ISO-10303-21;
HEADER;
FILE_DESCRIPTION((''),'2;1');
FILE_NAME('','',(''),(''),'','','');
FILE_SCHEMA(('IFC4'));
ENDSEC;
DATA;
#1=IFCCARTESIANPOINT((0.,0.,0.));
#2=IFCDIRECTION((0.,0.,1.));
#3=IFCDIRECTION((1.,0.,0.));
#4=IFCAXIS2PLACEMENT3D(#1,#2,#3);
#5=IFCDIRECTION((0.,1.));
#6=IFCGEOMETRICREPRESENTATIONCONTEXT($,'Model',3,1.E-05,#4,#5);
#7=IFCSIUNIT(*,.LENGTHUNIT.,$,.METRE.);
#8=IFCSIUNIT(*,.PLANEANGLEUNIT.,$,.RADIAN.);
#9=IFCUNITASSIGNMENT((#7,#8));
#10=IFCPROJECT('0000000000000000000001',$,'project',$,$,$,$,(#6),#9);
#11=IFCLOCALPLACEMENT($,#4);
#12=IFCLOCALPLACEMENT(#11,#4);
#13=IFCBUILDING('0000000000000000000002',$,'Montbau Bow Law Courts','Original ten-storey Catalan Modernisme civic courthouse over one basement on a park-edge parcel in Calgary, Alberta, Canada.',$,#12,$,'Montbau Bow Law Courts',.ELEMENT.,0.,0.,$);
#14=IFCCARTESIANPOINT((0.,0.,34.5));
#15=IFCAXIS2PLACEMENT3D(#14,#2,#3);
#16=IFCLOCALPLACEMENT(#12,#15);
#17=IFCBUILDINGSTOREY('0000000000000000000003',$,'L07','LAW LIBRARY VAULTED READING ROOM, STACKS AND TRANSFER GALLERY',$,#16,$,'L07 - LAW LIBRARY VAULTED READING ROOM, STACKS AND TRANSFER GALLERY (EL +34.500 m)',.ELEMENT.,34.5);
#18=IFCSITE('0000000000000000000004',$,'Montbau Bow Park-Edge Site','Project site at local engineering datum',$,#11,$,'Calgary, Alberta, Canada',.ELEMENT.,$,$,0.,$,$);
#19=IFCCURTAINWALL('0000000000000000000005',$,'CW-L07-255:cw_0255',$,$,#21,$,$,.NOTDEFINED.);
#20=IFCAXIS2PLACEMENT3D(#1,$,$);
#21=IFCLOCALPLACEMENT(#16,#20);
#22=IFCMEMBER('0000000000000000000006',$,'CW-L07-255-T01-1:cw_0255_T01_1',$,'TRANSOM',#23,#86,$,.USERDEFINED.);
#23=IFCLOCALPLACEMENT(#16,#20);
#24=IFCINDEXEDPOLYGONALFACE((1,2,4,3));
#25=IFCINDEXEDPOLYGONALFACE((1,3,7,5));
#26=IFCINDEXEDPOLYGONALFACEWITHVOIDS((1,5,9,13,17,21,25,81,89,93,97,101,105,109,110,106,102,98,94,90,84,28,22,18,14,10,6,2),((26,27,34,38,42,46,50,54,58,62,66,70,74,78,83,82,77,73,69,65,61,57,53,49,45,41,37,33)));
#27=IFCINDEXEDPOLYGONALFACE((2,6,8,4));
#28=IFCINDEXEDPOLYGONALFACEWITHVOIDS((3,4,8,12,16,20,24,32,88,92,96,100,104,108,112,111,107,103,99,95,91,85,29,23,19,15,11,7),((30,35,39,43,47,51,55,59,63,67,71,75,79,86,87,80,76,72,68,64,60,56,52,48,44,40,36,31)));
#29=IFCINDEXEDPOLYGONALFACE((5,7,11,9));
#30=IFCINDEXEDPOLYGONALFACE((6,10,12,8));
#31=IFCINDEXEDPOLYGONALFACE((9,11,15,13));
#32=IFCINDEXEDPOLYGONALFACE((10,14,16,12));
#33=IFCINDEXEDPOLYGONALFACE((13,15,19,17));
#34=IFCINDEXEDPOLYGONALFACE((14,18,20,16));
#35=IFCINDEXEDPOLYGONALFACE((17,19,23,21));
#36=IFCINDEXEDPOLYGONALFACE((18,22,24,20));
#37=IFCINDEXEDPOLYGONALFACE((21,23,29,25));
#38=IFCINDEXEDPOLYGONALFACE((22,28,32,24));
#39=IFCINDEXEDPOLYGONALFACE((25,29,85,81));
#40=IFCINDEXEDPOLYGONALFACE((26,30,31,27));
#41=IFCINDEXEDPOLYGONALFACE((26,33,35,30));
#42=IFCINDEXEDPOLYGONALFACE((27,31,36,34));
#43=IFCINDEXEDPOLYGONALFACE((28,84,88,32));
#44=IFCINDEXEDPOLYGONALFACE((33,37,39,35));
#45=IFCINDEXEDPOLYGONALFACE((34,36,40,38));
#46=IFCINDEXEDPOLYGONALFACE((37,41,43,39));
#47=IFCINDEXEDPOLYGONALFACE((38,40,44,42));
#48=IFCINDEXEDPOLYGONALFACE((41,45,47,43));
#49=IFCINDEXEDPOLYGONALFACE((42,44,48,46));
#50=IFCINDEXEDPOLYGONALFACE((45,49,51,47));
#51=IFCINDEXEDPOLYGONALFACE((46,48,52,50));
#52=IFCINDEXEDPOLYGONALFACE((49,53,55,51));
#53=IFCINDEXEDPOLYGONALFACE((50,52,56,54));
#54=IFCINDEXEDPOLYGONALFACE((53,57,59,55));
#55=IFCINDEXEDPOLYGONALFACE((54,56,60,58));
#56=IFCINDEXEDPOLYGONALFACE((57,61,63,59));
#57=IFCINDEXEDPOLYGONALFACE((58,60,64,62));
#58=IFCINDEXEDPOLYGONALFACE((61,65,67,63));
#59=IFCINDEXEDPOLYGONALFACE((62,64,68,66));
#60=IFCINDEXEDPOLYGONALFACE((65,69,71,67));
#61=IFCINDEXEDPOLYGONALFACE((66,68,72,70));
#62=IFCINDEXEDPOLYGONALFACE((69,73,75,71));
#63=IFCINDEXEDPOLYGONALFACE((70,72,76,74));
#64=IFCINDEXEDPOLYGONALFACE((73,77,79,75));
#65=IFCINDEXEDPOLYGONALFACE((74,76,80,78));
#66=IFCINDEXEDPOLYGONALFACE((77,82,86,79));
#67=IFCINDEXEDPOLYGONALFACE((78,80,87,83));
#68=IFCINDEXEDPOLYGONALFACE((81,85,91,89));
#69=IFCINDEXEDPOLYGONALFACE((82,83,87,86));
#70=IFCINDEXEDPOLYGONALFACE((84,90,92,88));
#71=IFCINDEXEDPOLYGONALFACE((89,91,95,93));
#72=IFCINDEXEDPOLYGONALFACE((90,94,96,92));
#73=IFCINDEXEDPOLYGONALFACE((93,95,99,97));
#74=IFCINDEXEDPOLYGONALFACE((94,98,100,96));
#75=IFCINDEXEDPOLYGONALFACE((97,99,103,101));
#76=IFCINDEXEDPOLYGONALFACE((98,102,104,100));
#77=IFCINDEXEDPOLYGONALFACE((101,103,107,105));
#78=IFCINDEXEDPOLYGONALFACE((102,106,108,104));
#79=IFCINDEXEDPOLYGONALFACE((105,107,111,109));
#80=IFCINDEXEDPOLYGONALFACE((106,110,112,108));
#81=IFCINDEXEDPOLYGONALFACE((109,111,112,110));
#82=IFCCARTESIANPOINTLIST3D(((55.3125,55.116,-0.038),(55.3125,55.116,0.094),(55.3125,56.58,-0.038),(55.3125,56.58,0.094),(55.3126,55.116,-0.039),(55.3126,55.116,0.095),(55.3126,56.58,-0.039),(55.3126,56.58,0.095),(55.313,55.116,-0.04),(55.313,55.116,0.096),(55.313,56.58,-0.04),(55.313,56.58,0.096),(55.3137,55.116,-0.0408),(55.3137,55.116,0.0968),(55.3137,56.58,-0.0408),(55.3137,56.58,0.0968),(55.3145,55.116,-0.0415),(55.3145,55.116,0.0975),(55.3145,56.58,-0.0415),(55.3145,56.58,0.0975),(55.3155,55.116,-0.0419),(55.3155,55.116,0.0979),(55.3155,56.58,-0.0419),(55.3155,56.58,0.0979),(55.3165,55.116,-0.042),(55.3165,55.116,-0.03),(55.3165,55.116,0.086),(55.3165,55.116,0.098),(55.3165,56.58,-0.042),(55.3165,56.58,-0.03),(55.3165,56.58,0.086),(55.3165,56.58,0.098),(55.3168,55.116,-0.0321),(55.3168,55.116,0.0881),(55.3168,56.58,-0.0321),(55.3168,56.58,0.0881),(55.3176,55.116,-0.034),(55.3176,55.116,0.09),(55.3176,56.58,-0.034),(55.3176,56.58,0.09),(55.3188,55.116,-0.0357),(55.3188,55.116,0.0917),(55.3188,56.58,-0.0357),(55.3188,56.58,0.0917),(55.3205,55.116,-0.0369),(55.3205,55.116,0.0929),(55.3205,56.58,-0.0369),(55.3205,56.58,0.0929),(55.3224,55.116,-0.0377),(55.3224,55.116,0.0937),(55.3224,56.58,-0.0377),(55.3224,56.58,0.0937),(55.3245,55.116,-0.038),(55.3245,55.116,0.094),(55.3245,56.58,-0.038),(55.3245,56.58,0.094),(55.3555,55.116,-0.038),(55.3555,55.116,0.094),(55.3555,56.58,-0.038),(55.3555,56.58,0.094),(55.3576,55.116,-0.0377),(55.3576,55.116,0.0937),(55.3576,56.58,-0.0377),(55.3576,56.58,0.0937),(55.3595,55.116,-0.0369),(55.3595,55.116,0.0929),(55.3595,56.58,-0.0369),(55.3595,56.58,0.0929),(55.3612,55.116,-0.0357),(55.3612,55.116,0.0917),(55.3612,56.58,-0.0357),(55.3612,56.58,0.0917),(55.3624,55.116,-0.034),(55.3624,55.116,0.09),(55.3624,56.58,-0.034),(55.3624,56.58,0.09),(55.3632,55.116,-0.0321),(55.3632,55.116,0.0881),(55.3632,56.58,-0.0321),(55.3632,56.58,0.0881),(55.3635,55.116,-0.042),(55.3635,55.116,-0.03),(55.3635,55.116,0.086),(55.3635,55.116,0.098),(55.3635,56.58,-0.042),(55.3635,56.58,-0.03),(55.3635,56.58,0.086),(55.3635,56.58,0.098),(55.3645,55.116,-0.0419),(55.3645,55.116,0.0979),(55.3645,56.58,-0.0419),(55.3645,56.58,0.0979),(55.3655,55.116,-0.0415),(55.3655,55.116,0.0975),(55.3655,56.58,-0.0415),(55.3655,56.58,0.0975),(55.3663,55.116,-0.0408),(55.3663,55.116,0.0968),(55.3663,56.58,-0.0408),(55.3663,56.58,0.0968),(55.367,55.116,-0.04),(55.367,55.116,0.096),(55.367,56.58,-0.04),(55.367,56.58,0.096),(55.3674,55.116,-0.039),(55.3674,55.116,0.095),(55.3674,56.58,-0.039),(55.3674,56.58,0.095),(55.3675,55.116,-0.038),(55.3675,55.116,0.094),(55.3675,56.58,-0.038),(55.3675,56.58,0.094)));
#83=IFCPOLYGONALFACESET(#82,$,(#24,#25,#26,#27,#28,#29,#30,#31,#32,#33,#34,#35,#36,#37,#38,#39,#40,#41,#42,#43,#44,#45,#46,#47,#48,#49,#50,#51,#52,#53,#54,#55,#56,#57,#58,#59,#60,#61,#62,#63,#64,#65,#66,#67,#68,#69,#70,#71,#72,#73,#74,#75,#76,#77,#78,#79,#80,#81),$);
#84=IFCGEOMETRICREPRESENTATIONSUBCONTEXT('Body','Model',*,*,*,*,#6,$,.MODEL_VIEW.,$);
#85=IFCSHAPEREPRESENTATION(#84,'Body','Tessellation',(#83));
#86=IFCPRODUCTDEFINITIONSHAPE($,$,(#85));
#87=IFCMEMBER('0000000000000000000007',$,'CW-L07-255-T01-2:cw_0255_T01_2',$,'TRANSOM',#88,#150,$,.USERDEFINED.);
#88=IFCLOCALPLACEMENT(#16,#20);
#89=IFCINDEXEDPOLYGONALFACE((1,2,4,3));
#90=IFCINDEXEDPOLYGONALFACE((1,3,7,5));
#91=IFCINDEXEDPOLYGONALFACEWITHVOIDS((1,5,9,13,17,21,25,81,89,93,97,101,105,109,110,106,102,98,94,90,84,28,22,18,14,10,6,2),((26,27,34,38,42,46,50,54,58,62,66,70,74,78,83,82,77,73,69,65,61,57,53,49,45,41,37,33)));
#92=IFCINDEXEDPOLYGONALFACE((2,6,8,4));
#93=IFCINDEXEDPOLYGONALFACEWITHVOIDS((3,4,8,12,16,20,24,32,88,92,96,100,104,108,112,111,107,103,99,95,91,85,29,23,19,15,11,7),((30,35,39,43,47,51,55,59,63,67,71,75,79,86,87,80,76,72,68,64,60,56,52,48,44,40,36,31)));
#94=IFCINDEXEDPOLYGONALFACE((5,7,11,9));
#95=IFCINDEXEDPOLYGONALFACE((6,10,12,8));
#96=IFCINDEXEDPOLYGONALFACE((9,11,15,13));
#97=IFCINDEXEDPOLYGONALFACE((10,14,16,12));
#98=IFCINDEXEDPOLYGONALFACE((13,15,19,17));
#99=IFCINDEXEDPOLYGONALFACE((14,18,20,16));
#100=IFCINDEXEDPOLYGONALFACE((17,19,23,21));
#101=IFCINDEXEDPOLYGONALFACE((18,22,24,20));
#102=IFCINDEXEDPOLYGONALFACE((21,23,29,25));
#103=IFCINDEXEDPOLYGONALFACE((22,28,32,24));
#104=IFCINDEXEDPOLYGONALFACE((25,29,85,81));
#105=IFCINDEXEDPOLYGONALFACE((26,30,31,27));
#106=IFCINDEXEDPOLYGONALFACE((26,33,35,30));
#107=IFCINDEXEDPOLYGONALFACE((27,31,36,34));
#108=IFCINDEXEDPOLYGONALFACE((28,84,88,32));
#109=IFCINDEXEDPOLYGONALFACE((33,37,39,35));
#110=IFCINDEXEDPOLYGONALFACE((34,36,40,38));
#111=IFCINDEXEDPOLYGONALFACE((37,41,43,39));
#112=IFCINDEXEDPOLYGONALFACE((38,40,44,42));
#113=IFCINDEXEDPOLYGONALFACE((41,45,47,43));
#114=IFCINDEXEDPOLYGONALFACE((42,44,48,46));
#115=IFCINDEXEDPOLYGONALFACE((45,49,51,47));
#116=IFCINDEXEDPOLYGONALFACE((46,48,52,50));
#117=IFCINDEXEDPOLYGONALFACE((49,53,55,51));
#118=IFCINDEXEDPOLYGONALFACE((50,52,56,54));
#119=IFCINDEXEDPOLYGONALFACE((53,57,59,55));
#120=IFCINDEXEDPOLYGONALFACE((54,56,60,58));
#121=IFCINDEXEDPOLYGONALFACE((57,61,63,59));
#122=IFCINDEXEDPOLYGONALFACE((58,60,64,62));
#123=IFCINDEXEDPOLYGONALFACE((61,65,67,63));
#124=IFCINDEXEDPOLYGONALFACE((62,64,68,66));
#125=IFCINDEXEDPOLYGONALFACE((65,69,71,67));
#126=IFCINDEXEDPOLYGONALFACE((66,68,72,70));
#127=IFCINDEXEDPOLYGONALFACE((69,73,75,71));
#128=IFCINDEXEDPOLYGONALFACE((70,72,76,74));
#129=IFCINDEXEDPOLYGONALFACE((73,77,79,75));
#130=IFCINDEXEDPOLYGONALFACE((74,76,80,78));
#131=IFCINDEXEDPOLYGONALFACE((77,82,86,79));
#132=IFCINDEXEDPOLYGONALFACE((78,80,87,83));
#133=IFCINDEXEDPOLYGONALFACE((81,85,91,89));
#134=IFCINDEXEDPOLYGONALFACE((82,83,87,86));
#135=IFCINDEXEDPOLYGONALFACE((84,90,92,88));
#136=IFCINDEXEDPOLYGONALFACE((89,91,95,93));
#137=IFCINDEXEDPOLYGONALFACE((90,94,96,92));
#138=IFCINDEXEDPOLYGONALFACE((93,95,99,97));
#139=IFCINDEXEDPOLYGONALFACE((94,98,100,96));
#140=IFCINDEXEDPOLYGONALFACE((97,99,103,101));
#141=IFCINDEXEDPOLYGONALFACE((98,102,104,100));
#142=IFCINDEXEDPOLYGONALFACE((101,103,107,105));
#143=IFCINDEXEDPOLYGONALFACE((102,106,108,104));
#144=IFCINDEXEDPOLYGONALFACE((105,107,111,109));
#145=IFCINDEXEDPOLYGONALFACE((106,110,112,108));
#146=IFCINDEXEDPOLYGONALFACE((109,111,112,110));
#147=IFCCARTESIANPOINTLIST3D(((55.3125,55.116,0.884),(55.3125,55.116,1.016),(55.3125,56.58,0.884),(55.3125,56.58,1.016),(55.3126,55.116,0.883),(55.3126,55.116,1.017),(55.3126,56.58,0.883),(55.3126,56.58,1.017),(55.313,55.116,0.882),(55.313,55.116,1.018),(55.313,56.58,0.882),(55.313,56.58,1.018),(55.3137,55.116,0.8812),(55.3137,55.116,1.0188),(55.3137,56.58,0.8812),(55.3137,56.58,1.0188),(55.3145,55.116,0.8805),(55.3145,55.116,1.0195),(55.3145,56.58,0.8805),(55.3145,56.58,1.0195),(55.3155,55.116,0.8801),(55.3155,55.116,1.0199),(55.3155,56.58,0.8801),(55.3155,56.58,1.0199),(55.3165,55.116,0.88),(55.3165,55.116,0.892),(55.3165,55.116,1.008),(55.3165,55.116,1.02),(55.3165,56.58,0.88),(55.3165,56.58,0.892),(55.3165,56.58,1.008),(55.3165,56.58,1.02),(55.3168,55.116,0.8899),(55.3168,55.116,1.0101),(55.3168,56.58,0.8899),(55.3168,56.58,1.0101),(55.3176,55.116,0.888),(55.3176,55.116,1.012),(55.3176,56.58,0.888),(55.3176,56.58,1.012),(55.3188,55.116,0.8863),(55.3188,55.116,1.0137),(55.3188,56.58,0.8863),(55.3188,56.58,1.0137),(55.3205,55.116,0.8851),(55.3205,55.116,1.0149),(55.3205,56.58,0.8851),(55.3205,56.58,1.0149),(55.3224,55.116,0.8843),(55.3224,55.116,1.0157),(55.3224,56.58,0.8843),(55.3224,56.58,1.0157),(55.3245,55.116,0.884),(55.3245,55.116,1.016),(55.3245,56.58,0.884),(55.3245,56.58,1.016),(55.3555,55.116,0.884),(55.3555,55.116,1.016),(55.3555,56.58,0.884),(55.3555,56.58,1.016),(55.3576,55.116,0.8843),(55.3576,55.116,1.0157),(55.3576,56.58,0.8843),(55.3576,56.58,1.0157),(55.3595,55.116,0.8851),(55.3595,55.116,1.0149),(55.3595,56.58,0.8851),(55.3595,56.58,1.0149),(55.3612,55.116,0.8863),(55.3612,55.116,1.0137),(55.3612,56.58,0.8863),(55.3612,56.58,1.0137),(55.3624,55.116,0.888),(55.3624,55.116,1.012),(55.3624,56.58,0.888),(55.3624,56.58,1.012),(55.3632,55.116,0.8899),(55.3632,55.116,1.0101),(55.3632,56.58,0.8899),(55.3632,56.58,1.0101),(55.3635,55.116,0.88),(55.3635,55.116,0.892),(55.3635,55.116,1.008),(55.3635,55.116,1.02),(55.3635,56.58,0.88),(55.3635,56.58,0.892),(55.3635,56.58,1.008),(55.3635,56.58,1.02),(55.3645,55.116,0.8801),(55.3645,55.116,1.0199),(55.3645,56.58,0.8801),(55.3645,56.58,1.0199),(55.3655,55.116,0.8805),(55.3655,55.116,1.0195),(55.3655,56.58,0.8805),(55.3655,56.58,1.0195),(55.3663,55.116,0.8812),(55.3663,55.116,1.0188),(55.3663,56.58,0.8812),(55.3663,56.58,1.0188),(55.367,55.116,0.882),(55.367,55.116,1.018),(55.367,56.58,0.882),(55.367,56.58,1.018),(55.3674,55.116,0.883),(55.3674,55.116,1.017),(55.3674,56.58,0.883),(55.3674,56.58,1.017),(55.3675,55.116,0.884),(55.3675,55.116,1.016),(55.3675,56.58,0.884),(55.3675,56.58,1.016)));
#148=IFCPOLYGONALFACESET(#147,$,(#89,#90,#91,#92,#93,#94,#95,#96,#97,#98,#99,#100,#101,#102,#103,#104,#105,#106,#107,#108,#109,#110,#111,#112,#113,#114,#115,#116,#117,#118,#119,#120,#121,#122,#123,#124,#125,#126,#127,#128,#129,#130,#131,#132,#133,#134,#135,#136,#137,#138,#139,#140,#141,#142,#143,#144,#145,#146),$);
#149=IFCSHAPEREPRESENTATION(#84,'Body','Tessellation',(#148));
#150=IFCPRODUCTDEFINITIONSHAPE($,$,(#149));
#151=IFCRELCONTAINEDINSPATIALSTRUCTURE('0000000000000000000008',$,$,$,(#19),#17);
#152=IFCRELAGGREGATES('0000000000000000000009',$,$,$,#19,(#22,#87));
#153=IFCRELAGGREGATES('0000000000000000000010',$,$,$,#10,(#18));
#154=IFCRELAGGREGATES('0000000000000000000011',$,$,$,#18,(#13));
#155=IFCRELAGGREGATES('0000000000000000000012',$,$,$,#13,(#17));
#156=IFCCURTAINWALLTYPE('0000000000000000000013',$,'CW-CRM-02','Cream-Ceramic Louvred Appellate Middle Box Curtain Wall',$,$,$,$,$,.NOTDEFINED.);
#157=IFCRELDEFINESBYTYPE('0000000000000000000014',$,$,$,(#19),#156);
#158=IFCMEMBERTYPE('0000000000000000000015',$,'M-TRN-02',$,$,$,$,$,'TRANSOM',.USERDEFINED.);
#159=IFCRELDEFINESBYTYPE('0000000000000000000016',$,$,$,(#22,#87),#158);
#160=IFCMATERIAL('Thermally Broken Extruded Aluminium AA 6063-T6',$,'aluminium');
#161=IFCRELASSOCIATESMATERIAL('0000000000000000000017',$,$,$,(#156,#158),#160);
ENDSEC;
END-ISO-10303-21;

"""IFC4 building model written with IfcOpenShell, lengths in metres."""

from ifc_helpers import new_model, si_unit, direction, frame, origin_with_axes, origin_2d_with_axis, place, context, subcontext, project, spatial, hollow_rectangle, extrude, material, material_profile, profile_set, type_object, element, aggregate, save


model = new_model("IFC4")

# Units and contexts
model_context = context("Model", 3, precision=1e-05, world=origin_with_axes(), true_north=direction((0.0, 1.0)))
body_context = subcontext(model_context, "Body", "Model", "MODEL_VIEW")
ifc_project = project(units=[si_unit("LENGTHUNIT", "METRE"), si_unit("PLANEANGLEUNIT", "RADIAN")], contexts=[model_context])

# Site, building, storey
site_placement = place(None, origin_with_axes())
site = spatial("IfcSite", under=ifc_project, at=site_placement, Name="Montbau Bow Park-Edge Site", Description="Project site at local engineering datum", LongName="Calgary, Alberta, Canada", CompositionType="ELEMENT", RefElevation=0.0)
building_placement = place(site_placement, origin_with_axes())
building = spatial("IfcBuilding", under=site, at=building_placement, Name="Montbau Bow Law Courts", Description="Original ten-storey Catalan Modernisme civic courthouse over one basement on a park-edge parcel in Calgary, Alberta, Canada.", LongName="Montbau Bow Law Courts", CompositionType="ELEMENT", ElevationOfRefHeight=0.0, ElevationOfTerrain=0.0)
storey_placement = place(building_placement, frame((0.0, 0.0, 34.5), z_axis=(0.0, 0.0, 1.0), x_axis=(1.0, 0.0, 0.0)))
storey = spatial("IfcBuildingStorey", under=building, at=storey_placement, Name="L07", Description="LAW LIBRARY VAULTED READING ROOM, STACKS AND TRANSFER GALLERY", LongName="L07 - LAW LIBRARY VAULTED READING ROOM, STACKS AND TRANSFER GALLERY (EL +34.500 m)", CompositionType="ELEMENT", Elevation=34.5)

# Curtain wall
ifc_material_1 = material(Name="Thermally Broken Extruded Aluminium AA 6063-T6", Category="aluminium")
curtain_wall_type = type_object("IfcCurtainWallType", Name="CW-CRM-02", Description="Cream-Ceramic Louvred Appellate Middle Box Curtain Wall", PredefinedType="NOTDEFINED", material=ifc_material_1)
curtain_wall_1_placement = place(None, frame((55.34, 55.04, 34.5), z_axis=(0.0, 0.0, 1.0), x_axis=(1.0, 0.0, 0.0)))
curtain_wall_1 = element("IfcCurtainWall", 1, at=curtain_wall_1_placement, inside=storey, type_object=curtain_wall_type, Name="CW-L07-255:cw_0255", PredefinedType="NOTDEFINED")

# Members
ifc_material_profile_1 = material_profile(ifc_material_1, hollow_rectangle(XDim=0.055, YDim=0.14, WallThickness=0.004, InnerFilletRadius=0.008, OuterFilletRadius=0.004, at=origin_2d_with_axis()), Name="CWT-140X55", Category="Main", Priority=0)
ifc_profile_set_1 = profile_set([ifc_material_profile_1], Name="Thermally Broken Extruded Aluminium AA 6063-T6")
member_type_1 = type_object("IfcMemberType", Name="M-TRN-02", ElementType="TRANSOM", PredefinedType="USERDEFINED", material=ifc_profile_set_1)
member_1_placement = place(None, frame((55.34, 55.116, 34.528), z_axis=(0.0, 1.0, 0.0), x_axis=(-1.0, 0.0, 0.0)))
member_1 = element("IfcMember", 2, at=member_1_placement, type_object=member_type_1, Name="CW-L07-255-T01-1:cw_0255_T01_1", ObjectType="TRANSOM", PredefinedType="USERDEFINED", context=body_context, shape_type="SweptSolid", body=[
    extrude(hollow_rectangle(XDim=0.055, YDim=0.14, WallThickness=0.004, InnerFilletRadius=0.008, OuterFilletRadius=0.004, at=origin_2d_with_axis()), origin_with_axes(), (0.0, 0.0, 1.0), 1.464),
])
member_2_placement = place(None, frame((55.34, 55.116, 35.45), z_axis=(0.0, 1.0, 0.0), x_axis=(-1.0, 0.0, 0.0)))
member_2 = element("IfcMember", 3, at=member_2_placement, type_object=member_type_1, Name="CW-L07-255-T01-2:cw_0255_T01_2", ObjectType="TRANSOM", PredefinedType="USERDEFINED", context=body_context, shape_type="SweptSolid", body=[
    extrude(hollow_rectangle(XDim=0.055, YDim=0.14, WallThickness=0.004, InnerFilletRadius=0.008, OuterFilletRadius=0.004, at=origin_2d_with_axis()), origin_with_axes(), (0.0, 0.0, 1.0), 1.464),
])

aggregate(curtain_wall_1, [member_1, member_2])

save(model, "model.ifc")
